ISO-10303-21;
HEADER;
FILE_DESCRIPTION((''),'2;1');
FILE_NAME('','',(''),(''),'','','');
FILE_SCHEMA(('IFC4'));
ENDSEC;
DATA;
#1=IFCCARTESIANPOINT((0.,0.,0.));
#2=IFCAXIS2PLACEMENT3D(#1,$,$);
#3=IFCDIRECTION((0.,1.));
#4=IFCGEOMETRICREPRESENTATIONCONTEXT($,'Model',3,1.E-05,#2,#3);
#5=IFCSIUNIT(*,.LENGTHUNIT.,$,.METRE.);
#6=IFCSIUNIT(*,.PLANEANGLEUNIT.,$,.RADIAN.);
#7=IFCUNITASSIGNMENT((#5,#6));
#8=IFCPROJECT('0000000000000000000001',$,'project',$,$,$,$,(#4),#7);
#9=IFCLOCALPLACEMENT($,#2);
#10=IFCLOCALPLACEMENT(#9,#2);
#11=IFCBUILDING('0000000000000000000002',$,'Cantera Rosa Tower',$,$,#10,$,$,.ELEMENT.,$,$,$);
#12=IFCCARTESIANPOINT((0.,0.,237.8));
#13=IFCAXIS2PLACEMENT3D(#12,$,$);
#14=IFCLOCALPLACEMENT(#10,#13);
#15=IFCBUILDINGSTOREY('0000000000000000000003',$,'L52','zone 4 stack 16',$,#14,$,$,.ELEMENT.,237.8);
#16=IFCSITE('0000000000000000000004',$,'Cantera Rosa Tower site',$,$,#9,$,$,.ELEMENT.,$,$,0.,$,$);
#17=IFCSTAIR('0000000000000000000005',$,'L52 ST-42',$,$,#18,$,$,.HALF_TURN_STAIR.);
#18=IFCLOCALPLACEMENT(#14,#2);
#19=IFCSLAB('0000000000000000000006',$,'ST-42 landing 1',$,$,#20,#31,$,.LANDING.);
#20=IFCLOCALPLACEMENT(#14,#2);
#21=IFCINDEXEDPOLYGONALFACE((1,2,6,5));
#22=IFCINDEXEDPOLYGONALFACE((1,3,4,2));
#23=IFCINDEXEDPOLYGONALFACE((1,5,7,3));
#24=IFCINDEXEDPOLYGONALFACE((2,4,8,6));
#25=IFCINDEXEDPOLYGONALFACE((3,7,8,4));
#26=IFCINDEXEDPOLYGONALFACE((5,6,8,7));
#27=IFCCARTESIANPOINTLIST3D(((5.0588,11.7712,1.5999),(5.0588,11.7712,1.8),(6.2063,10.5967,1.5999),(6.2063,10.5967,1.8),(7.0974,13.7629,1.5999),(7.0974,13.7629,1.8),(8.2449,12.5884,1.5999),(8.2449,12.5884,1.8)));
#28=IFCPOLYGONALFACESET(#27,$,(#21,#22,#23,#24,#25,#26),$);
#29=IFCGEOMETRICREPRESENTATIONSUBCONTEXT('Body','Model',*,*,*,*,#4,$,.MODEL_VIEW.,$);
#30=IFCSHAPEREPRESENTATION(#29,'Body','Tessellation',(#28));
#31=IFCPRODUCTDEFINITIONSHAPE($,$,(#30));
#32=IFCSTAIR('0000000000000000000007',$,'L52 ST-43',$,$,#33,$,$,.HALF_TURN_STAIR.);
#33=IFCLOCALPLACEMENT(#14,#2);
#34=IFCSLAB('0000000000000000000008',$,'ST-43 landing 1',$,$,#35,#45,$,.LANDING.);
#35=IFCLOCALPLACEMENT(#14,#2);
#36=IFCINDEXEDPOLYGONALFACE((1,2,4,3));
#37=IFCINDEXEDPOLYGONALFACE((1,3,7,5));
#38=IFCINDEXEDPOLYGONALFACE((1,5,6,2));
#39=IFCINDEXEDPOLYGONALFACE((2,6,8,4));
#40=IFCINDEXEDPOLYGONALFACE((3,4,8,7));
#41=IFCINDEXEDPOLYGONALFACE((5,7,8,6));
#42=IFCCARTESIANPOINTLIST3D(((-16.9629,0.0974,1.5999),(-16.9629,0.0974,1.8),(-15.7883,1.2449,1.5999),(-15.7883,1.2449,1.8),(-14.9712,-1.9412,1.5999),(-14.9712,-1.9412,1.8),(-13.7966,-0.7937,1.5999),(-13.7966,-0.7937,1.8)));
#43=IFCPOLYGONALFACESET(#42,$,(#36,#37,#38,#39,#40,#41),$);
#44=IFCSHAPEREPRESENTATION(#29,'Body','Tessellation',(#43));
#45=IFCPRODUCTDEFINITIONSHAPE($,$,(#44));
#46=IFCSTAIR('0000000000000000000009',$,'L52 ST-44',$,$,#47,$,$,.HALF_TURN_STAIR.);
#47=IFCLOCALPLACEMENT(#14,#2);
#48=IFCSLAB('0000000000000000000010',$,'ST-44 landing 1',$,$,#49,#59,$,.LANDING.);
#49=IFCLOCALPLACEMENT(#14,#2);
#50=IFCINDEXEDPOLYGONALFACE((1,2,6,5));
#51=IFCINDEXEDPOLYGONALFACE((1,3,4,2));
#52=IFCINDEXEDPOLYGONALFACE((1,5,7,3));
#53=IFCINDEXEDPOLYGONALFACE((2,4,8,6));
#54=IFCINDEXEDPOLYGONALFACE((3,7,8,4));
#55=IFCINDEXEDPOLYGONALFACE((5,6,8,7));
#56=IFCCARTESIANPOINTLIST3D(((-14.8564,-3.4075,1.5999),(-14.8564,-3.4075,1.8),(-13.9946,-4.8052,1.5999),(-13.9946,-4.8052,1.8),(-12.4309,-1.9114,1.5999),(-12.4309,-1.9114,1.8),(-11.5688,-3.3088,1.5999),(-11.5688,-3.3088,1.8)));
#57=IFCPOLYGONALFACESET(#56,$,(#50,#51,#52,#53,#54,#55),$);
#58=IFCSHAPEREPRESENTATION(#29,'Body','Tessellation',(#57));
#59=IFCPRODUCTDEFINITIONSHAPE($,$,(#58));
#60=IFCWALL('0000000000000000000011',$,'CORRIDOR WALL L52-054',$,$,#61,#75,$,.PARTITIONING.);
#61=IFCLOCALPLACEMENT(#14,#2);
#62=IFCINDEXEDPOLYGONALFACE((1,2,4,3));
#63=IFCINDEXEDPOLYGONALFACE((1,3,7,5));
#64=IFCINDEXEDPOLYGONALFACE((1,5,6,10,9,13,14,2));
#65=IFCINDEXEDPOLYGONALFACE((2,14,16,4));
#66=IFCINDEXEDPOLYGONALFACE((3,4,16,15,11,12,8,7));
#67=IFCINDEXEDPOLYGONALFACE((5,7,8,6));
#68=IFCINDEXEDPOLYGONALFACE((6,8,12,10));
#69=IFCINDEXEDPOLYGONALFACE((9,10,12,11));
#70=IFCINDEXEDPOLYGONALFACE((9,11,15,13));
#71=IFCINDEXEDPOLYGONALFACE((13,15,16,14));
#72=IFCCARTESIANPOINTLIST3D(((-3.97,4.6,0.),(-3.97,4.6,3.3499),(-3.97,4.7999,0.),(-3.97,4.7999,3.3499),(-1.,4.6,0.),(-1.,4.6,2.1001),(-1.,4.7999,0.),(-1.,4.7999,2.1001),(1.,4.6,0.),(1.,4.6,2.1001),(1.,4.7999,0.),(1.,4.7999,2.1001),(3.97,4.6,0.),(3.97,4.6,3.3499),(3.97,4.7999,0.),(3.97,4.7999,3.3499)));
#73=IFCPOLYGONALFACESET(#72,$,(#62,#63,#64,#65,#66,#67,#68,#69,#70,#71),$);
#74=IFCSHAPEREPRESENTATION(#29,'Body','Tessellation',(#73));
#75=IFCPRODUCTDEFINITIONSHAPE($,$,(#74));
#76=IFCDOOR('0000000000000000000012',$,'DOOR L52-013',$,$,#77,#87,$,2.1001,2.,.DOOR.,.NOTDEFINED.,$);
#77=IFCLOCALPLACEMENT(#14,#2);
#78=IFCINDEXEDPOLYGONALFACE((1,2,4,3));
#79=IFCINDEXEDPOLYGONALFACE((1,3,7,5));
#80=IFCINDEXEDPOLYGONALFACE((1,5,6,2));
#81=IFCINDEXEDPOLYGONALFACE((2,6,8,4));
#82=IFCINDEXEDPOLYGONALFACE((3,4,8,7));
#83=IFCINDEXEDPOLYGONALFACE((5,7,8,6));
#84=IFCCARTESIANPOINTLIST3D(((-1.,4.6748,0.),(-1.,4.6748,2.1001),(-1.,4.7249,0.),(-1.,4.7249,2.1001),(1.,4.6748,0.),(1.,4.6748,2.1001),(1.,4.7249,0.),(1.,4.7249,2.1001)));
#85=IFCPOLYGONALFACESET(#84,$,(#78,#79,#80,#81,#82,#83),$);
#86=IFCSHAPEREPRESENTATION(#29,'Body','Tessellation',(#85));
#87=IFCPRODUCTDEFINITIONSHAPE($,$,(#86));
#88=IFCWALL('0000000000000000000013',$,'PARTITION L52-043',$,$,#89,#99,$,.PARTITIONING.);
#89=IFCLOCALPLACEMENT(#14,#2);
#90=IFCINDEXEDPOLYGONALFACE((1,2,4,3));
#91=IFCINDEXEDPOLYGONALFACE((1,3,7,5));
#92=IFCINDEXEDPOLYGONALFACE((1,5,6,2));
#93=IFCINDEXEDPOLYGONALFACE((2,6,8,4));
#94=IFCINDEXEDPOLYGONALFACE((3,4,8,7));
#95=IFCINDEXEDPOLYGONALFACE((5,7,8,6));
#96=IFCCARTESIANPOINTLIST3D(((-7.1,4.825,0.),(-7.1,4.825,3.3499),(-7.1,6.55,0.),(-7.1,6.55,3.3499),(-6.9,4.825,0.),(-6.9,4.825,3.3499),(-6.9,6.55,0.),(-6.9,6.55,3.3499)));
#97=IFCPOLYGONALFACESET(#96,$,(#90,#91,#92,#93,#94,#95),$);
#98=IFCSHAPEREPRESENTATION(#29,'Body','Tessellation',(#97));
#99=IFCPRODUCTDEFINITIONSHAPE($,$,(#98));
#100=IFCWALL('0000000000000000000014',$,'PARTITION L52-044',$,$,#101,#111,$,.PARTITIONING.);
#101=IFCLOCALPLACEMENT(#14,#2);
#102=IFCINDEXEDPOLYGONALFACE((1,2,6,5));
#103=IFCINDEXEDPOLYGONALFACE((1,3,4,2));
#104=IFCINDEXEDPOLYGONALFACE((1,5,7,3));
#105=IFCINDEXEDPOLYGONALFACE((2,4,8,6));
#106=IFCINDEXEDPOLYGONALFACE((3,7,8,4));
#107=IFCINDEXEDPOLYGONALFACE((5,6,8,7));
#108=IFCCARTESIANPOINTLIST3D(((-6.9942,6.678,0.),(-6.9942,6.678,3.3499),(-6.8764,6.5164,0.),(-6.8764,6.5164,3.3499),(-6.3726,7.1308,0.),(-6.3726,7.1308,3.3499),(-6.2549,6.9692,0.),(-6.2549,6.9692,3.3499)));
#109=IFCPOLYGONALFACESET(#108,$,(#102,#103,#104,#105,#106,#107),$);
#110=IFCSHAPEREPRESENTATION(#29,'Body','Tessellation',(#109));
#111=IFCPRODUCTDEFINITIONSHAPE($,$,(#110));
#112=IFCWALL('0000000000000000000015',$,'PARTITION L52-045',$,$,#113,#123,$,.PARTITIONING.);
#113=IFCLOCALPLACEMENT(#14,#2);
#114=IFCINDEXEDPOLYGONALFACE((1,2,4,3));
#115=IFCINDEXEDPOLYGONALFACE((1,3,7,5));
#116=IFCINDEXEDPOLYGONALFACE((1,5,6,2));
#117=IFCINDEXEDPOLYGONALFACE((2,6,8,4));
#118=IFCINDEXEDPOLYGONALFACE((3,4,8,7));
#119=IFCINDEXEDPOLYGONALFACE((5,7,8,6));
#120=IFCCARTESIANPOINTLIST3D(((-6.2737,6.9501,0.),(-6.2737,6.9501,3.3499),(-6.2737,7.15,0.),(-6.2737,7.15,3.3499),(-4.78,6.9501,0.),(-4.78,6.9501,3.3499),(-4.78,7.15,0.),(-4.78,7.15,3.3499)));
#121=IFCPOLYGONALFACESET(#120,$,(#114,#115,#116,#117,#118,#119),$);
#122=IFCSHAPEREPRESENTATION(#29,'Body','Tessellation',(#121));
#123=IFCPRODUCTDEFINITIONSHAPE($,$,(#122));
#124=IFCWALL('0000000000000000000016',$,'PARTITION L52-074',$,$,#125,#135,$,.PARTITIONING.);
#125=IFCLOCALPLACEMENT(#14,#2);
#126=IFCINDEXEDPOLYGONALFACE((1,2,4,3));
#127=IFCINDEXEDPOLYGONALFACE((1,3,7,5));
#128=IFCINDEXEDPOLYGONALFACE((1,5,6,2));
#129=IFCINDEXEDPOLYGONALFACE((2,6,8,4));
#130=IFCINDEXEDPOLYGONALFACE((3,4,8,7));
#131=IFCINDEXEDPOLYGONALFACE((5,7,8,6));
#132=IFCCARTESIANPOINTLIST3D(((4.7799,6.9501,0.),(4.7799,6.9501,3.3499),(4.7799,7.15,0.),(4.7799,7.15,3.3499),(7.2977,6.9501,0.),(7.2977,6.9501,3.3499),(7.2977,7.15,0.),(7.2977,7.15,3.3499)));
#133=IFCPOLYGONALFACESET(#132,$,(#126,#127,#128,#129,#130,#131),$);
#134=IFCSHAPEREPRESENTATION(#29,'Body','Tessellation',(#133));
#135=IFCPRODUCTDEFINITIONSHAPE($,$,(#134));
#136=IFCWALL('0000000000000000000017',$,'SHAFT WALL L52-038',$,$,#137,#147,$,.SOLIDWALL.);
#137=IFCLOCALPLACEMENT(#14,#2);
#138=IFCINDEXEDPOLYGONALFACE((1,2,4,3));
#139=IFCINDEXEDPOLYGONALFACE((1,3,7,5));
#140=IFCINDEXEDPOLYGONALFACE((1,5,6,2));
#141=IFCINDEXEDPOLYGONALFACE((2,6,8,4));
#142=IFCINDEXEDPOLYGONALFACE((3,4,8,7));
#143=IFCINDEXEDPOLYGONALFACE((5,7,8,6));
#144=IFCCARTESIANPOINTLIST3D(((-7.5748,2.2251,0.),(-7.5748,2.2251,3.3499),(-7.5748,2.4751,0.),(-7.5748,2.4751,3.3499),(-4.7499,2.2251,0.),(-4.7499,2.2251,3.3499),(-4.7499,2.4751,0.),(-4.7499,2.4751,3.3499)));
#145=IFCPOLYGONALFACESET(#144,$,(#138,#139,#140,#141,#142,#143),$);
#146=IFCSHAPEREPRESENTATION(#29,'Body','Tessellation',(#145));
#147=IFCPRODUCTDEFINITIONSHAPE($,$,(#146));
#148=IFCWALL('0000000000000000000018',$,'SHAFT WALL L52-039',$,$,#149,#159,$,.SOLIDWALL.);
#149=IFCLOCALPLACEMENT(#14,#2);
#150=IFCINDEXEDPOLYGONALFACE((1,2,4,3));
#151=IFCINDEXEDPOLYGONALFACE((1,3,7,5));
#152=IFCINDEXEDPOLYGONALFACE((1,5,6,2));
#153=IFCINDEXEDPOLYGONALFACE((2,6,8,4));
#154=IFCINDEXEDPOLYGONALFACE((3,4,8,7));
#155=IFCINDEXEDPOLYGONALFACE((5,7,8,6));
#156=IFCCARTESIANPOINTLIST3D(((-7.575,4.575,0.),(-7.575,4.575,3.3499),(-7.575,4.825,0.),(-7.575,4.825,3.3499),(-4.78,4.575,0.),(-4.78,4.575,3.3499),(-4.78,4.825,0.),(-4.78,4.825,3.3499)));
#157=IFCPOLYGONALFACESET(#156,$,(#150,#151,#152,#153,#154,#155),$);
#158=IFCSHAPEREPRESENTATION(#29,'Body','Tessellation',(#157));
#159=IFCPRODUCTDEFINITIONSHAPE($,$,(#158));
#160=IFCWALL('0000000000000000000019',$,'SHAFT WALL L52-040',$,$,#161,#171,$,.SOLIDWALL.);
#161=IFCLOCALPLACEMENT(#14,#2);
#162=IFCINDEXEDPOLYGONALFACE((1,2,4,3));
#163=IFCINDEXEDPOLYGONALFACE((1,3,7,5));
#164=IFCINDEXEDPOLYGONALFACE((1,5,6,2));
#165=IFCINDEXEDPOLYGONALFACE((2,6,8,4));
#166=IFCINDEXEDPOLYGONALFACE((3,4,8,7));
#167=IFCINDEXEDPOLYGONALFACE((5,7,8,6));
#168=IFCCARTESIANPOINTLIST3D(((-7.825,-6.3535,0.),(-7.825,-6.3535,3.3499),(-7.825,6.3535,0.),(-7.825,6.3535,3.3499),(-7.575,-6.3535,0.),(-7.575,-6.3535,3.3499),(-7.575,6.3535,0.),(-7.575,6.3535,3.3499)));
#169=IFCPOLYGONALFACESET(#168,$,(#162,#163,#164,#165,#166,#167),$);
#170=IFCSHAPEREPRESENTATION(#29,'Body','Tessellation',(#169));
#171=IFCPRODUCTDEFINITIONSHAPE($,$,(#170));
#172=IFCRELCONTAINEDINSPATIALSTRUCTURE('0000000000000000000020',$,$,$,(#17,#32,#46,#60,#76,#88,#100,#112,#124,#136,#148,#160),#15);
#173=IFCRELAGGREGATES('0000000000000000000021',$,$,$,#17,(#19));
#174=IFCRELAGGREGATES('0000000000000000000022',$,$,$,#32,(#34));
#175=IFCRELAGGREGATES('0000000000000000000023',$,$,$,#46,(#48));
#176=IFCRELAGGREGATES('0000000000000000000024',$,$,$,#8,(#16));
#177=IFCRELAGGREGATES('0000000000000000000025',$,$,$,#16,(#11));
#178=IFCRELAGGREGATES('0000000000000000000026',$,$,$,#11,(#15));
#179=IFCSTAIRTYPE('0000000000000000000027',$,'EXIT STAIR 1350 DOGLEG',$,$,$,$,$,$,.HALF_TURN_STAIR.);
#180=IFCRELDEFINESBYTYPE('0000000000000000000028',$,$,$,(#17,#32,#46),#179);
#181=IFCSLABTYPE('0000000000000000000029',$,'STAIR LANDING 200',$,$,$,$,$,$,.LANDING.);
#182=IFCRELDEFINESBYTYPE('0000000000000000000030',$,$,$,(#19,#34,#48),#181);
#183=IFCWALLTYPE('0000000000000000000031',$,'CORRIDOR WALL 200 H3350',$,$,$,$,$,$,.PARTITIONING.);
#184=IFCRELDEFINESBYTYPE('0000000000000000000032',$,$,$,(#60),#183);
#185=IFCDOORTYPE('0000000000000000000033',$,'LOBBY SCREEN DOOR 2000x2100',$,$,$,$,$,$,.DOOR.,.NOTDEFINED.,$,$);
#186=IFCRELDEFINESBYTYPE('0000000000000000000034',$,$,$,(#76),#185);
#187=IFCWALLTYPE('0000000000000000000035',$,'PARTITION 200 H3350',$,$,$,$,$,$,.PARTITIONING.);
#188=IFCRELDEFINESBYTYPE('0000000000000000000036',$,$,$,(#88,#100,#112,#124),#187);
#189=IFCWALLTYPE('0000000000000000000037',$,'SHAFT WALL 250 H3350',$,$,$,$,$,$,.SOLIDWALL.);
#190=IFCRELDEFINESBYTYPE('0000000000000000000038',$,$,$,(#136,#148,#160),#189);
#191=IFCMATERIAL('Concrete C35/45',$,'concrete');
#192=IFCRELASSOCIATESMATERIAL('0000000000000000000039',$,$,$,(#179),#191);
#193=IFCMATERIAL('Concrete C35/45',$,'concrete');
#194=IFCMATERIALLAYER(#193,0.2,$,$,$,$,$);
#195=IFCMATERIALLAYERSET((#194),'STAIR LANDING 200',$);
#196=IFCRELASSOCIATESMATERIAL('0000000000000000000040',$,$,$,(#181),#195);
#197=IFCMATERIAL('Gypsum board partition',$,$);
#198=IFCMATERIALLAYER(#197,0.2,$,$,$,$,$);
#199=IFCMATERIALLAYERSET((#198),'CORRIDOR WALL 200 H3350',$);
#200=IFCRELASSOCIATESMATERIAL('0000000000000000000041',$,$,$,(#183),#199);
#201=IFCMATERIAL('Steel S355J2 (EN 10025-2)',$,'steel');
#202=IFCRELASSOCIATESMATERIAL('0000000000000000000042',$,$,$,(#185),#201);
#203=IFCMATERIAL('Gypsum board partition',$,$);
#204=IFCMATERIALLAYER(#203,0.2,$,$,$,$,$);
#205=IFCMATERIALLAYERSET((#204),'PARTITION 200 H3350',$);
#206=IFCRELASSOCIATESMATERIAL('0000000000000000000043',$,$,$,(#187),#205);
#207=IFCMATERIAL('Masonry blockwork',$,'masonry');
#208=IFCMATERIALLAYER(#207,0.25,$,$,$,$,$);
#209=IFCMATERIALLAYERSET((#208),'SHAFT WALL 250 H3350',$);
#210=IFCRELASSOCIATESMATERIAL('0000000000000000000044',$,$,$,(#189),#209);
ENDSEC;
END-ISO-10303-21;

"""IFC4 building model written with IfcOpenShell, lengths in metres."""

from ifc_helpers import new_model, si_unit, direction, frame, frame_2d, origin, place, context, subcontext, project, spatial, polyline, rectangle, outline, extrude, material, layer, layer_set, type_object, element, fill, aggregate, save


model = new_model("IFC4")

# Units and contexts
model_context = context("Model", 3, precision=1e-05, world=origin(), true_north=direction((0.0, 1.0)))
body_context = subcontext(model_context, "Body", "Model", "MODEL_VIEW")
ifc_project = project(units=[si_unit("LENGTHUNIT", "METRE"), si_unit("PLANEANGLEUNIT", "RADIAN")], contexts=[model_context])

# Site, building, storey
site_placement = place(None, origin())
site = spatial("IfcSite", under=ifc_project, at=site_placement, Name="Cantera Rosa Tower site", CompositionType="ELEMENT", RefElevation=0.0)
building_placement = place(site_placement, origin())
building = spatial("IfcBuilding", under=site, at=building_placement, Name="Cantera Rosa Tower", CompositionType="ELEMENT")
storey_placement = place(building_placement, frame((0.0, 0.0, 237.8)))
storey = spatial("IfcBuildingStorey", under=building, at=storey_placement, Name="L52", Description="zone 4 stack 16", CompositionType="ELEMENT", Elevation=237.8)

# Stairs, slabs
ifc_material_1 = material(Name="Concrete C35/45", Category="concrete")
stair_type = type_object("IfcStairType", Name="EXIT STAIR 1350 DOGLEG", PredefinedType="HALF_TURN_STAIR", material=ifc_material_1)
stair_1_placement = place(storey_placement, origin())
stair_1 = element("IfcStair", 1, at=stair_1_placement, inside=storey, type_object=stair_type, Name="L52 ST-42", PredefinedType="HALF_TURN_STAIR")
ifc_material_2 = material(Name="Concrete C35/45", Category="concrete")
ifc_layer_1 = layer(ifc_material_2, 0.2)
ifc_layer_set_1 = layer_set([ifc_layer_1], Name="STAIR LANDING 200")
slab_type = type_object("IfcSlabType", Name="STAIR LANDING 200", PredefinedType="LANDING", material=ifc_layer_set_1)
slab_1_placement = place(storey_placement, frame((0.0, 0.0, 1.5999)))
slab_1 = element("IfcSlab", 2, at=slab_1_placement, type_object=slab_type, Name="ST-42 landing 1", PredefinedType="LANDING", context=body_context, shape_type="SweptSolid", body=[
    extrude(outline(polyline([(8.2449, 12.5884), (7.0974, 13.7629), (5.0588, 11.7712), (6.2063, 10.5967), (8.2449, 12.5884)])), origin(), (0.0, 0.0, 1.0), 0.2002),
])
aggregate(stair_1, [slab_1])
stair_2_placement = place(storey_placement, origin())
stair_2 = element("IfcStair", 3, at=stair_2_placement, inside=storey, type_object=stair_type, Name="L52 ST-43", PredefinedType="HALF_TURN_STAIR")
slab_2_placement = place(storey_placement, frame((0.0, 0.0, 1.5999)))
slab_2 = element("IfcSlab", 4, at=slab_2_placement, type_object=slab_type, Name="ST-43 landing 1", PredefinedType="LANDING", context=body_context, shape_type="SweptSolid", body=[
    extrude(outline(polyline([(-15.7883, 1.2449), (-16.9629, 0.0974), (-14.9712, -1.9412), (-13.7966, -0.7937), (-15.7883, 1.2449)])), origin(), (0.0, 0.0, 1.0), 0.2002),
])
aggregate(stair_2, [slab_2])
stair_3_placement = place(storey_placement, origin())
stair_3 = element("IfcStair", 5, at=stair_3_placement, inside=storey, type_object=stair_type, Name="L52 ST-44", PredefinedType="HALF_TURN_STAIR")
slab_3_placement = place(storey_placement, frame((0.0, 0.0, 1.5999)))
slab_3 = element("IfcSlab", 6, at=slab_3_placement, type_object=slab_type, Name="ST-44 landing 1", PredefinedType="LANDING", context=body_context, shape_type="SweptSolid", body=[
    extrude(outline(polyline([(-11.5688, -3.3088), (-12.4309, -1.9114), (-14.8564, -3.4075), (-13.9946, -4.8052), (-11.5688, -3.3088)])), origin(), (0.0, 0.0, 1.0), 0.2002),
])
aggregate(stair_3, [slab_3])

# Wall, opening, door
ifc_material_3 = material(Name="Gypsum board partition")
ifc_layer_2 = layer(ifc_material_3, 0.2)
ifc_layer_set_2 = layer_set([ifc_layer_2], Name="CORRIDOR WALL 200 H3350")
wall_type_1 = type_object("IfcWallType", Name="CORRIDOR WALL 200 H3350", PredefinedType="PARTITIONING", material=ifc_layer_set_2)
wall_1_placement = place(storey_placement, frame((-3.97, 4.7, 0.0), z_axis=(0.0, 0.0, 1.0), x_axis=(1.0, 0.0, 0.0)))
wall_1 = element("IfcWall", 7, at=wall_1_placement, inside=storey, type_object=wall_type_1, Name="CORRIDOR WALL L52-054", PredefinedType="PARTITIONING", context=body_context, shape_type="SweptSolid", body=[
    extrude(rectangle(XDim=7.9399, YDim=0.2, at=frame_2d((3.97, 0.0))), origin(), (0.0, 0.0, 1.0), 3.3499),
])
opening_placement = place(wall_1_placement, frame((2.97, 0.0, 0.0)))
opening = element("IfcOpeningElement", 8, at=opening_placement, cuts=wall_1, PredefinedType="OPENING", context=body_context, shape_type="SweptSolid", body=[
    extrude(rectangle(XDim=2.0, YDim=2.1001, at=frame_2d((1.0, 1.05))), frame((0.0, 0.1099, 0.0), z_axis=(0.0, -1.0, 0.0), x_axis=(1.0, 0.0, 0.0)), (0.0, 0.0, 1.0), 0.22),
])
ifc_material_4 = material(Name="Steel S355J2 (EN 10025-2)", Category="steel")
door_type = type_object("IfcDoorType", Name="LOBBY SCREEN DOOR 2000x2100", OperationType="NOTDEFINED", PredefinedType="DOOR", material=ifc_material_4)
door_placement = place(opening_placement, origin())
door = element("IfcDoor", 9, at=door_placement, inside=storey, type_object=door_type, Name="DOOR L52-013", OperationType="NOTDEFINED", OverallHeight=2.1001, OverallWidth=2.0, PredefinedType="DOOR", context=body_context, shape_type="SweptSolid", body=[
    extrude(rectangle(XDim=2.0, YDim=2.1001, at=frame_2d((1.0, 1.05))), frame((0.0, 0.0249, 0.0), z_axis=(0.0, -1.0, 0.0), x_axis=(1.0, 0.0, 0.0)), (0.0, 0.0, 1.0), 0.05),
])
fill(opening, door)

# Walls
ifc_material_5 = material(Name="Gypsum board partition")
ifc_layer_3 = layer(ifc_material_5, 0.2)
ifc_layer_set_3 = layer_set([ifc_layer_3], Name="PARTITION 200 H3350")
wall_type_2 = type_object("IfcWallType", Name="PARTITION 200 H3350", PredefinedType="PARTITIONING", material=ifc_layer_set_3)
wall_2_placement = place(storey_placement, frame((-7.0, 4.825, 0.0), z_axis=(0.0, 0.0, 1.0), x_axis=(0.0, 1.0, 0.0)))
element("IfcWall", 10, at=wall_2_placement, inside=storey, type_object=wall_type_2, Name="PARTITION L52-043", PredefinedType="PARTITIONING", context=body_context, shape_type="SweptSolid", body=[
    extrude(rectangle(XDim=1.7251, YDim=0.2, at=frame_2d((0.8625, 0.0))), origin(), (0.0, 0.0, 1.0), 3.3499),
])
wall_3_placement = place(storey_placement, frame((-6.9353, 6.5972, 0.0), z_axis=(0.0, 0.0, 1.0), x_axis=(0.808228, 0.58887, 0.0)))
element("IfcWall", 11, at=wall_3_placement, inside=storey, type_object=wall_type_2, Name="PARTITION L52-044", PredefinedType="PARTITIONING", context=body_context, shape_type="SweptSolid", body=[
    extrude(rectangle(XDim=0.769, YDim=0.2, at=frame_2d((0.3845, 0.0))), origin(), (0.0, 0.0, 1.0), 3.3499),
])
wall_4_placement = place(storey_placement, frame((-6.2737, 7.05, 0.0), z_axis=(0.0, 0.0, 1.0), x_axis=(1.0, 0.0, 0.0)))
element("IfcWall", 12, at=wall_4_placement, inside=storey, type_object=wall_type_2, Name="PARTITION L52-045", PredefinedType="PARTITIONING", context=body_context, shape_type="SweptSolid", body=[
    extrude(rectangle(XDim=1.4937, YDim=0.2, at=frame_2d((0.7468, 0.0))), origin(), (0.0, 0.0, 1.0), 3.3499),
])
wall_5_placement = place(storey_placement, frame((4.78, 7.05, 0.0), z_axis=(0.0, 0.0, 1.0), x_axis=(1.0, 0.0, 0.0)))
element("IfcWall", 13, at=wall_5_placement, inside=storey, type_object=wall_type_2, Name="PARTITION L52-074", PredefinedType="PARTITIONING", context=body_context, shape_type="SweptSolid", body=[
    extrude(rectangle(XDim=2.5178, YDim=0.2, at=frame_2d((1.2588, 0.0))), origin(), (0.0, 0.0, 1.0), 3.3499),
])
ifc_material_6 = material(Name="Masonry blockwork", Category="masonry")
ifc_layer_4 = layer(ifc_material_6, 0.25)
ifc_layer_set_4 = layer_set([ifc_layer_4], Name="SHAFT WALL 250 H3350")
wall_type_3 = type_object("IfcWallType", Name="SHAFT WALL 250 H3350", PredefinedType="SOLIDWALL", material=ifc_layer_set_4)
wall_6_placement = place(storey_placement, frame((-7.575, 2.3501, 0.0), z_axis=(0.0, 0.0, 1.0), x_axis=(1.0, 0.0, 0.0)))
element("IfcWall", 14, at=wall_6_placement, inside=storey, type_object=wall_type_3, Name="SHAFT WALL L52-038", PredefinedType="SOLIDWALL", context=body_context, shape_type="SweptSolid", body=[
    extrude(rectangle(XDim=2.825, YDim=0.25, at=frame_2d((1.4126, 0.0))), origin(), (0.0, 0.0, 1.0), 3.3499),
])
wall_7_placement = place(storey_placement, frame((-7.575, 4.7, 0.0), z_axis=(0.0, 0.0, 1.0), x_axis=(1.0, 0.0, 0.0)))
element("IfcWall", 15, at=wall_7_placement, inside=storey, type_object=wall_type_3, Name="SHAFT WALL L52-039", PredefinedType="SOLIDWALL", context=body_context, shape_type="SweptSolid", body=[
    extrude(rectangle(XDim=2.7949, YDim=0.25, at=frame_2d((1.3975, 0.0))), origin(), (0.0, 0.0, 1.0), 3.3499),
])
wall_8_placement = place(storey_placement, frame((-7.7, 6.3535, 0.0), z_axis=(0.0, 0.0, 1.0), x_axis=(0.0, -1.0, 0.0)))
element("IfcWall", 16, at=wall_8_placement, inside=storey, type_object=wall_type_3, Name="SHAFT WALL L52-040", PredefinedType="SOLIDWALL", context=body_context, shape_type="SweptSolid", body=[
    extrude(rectangle(XDim=12.707, YDim=0.25, at=frame_2d((6.3535, 0.0))), origin(), (0.0, 0.0, 1.0), 3.3499),
])

save(model, "model.ifc")
